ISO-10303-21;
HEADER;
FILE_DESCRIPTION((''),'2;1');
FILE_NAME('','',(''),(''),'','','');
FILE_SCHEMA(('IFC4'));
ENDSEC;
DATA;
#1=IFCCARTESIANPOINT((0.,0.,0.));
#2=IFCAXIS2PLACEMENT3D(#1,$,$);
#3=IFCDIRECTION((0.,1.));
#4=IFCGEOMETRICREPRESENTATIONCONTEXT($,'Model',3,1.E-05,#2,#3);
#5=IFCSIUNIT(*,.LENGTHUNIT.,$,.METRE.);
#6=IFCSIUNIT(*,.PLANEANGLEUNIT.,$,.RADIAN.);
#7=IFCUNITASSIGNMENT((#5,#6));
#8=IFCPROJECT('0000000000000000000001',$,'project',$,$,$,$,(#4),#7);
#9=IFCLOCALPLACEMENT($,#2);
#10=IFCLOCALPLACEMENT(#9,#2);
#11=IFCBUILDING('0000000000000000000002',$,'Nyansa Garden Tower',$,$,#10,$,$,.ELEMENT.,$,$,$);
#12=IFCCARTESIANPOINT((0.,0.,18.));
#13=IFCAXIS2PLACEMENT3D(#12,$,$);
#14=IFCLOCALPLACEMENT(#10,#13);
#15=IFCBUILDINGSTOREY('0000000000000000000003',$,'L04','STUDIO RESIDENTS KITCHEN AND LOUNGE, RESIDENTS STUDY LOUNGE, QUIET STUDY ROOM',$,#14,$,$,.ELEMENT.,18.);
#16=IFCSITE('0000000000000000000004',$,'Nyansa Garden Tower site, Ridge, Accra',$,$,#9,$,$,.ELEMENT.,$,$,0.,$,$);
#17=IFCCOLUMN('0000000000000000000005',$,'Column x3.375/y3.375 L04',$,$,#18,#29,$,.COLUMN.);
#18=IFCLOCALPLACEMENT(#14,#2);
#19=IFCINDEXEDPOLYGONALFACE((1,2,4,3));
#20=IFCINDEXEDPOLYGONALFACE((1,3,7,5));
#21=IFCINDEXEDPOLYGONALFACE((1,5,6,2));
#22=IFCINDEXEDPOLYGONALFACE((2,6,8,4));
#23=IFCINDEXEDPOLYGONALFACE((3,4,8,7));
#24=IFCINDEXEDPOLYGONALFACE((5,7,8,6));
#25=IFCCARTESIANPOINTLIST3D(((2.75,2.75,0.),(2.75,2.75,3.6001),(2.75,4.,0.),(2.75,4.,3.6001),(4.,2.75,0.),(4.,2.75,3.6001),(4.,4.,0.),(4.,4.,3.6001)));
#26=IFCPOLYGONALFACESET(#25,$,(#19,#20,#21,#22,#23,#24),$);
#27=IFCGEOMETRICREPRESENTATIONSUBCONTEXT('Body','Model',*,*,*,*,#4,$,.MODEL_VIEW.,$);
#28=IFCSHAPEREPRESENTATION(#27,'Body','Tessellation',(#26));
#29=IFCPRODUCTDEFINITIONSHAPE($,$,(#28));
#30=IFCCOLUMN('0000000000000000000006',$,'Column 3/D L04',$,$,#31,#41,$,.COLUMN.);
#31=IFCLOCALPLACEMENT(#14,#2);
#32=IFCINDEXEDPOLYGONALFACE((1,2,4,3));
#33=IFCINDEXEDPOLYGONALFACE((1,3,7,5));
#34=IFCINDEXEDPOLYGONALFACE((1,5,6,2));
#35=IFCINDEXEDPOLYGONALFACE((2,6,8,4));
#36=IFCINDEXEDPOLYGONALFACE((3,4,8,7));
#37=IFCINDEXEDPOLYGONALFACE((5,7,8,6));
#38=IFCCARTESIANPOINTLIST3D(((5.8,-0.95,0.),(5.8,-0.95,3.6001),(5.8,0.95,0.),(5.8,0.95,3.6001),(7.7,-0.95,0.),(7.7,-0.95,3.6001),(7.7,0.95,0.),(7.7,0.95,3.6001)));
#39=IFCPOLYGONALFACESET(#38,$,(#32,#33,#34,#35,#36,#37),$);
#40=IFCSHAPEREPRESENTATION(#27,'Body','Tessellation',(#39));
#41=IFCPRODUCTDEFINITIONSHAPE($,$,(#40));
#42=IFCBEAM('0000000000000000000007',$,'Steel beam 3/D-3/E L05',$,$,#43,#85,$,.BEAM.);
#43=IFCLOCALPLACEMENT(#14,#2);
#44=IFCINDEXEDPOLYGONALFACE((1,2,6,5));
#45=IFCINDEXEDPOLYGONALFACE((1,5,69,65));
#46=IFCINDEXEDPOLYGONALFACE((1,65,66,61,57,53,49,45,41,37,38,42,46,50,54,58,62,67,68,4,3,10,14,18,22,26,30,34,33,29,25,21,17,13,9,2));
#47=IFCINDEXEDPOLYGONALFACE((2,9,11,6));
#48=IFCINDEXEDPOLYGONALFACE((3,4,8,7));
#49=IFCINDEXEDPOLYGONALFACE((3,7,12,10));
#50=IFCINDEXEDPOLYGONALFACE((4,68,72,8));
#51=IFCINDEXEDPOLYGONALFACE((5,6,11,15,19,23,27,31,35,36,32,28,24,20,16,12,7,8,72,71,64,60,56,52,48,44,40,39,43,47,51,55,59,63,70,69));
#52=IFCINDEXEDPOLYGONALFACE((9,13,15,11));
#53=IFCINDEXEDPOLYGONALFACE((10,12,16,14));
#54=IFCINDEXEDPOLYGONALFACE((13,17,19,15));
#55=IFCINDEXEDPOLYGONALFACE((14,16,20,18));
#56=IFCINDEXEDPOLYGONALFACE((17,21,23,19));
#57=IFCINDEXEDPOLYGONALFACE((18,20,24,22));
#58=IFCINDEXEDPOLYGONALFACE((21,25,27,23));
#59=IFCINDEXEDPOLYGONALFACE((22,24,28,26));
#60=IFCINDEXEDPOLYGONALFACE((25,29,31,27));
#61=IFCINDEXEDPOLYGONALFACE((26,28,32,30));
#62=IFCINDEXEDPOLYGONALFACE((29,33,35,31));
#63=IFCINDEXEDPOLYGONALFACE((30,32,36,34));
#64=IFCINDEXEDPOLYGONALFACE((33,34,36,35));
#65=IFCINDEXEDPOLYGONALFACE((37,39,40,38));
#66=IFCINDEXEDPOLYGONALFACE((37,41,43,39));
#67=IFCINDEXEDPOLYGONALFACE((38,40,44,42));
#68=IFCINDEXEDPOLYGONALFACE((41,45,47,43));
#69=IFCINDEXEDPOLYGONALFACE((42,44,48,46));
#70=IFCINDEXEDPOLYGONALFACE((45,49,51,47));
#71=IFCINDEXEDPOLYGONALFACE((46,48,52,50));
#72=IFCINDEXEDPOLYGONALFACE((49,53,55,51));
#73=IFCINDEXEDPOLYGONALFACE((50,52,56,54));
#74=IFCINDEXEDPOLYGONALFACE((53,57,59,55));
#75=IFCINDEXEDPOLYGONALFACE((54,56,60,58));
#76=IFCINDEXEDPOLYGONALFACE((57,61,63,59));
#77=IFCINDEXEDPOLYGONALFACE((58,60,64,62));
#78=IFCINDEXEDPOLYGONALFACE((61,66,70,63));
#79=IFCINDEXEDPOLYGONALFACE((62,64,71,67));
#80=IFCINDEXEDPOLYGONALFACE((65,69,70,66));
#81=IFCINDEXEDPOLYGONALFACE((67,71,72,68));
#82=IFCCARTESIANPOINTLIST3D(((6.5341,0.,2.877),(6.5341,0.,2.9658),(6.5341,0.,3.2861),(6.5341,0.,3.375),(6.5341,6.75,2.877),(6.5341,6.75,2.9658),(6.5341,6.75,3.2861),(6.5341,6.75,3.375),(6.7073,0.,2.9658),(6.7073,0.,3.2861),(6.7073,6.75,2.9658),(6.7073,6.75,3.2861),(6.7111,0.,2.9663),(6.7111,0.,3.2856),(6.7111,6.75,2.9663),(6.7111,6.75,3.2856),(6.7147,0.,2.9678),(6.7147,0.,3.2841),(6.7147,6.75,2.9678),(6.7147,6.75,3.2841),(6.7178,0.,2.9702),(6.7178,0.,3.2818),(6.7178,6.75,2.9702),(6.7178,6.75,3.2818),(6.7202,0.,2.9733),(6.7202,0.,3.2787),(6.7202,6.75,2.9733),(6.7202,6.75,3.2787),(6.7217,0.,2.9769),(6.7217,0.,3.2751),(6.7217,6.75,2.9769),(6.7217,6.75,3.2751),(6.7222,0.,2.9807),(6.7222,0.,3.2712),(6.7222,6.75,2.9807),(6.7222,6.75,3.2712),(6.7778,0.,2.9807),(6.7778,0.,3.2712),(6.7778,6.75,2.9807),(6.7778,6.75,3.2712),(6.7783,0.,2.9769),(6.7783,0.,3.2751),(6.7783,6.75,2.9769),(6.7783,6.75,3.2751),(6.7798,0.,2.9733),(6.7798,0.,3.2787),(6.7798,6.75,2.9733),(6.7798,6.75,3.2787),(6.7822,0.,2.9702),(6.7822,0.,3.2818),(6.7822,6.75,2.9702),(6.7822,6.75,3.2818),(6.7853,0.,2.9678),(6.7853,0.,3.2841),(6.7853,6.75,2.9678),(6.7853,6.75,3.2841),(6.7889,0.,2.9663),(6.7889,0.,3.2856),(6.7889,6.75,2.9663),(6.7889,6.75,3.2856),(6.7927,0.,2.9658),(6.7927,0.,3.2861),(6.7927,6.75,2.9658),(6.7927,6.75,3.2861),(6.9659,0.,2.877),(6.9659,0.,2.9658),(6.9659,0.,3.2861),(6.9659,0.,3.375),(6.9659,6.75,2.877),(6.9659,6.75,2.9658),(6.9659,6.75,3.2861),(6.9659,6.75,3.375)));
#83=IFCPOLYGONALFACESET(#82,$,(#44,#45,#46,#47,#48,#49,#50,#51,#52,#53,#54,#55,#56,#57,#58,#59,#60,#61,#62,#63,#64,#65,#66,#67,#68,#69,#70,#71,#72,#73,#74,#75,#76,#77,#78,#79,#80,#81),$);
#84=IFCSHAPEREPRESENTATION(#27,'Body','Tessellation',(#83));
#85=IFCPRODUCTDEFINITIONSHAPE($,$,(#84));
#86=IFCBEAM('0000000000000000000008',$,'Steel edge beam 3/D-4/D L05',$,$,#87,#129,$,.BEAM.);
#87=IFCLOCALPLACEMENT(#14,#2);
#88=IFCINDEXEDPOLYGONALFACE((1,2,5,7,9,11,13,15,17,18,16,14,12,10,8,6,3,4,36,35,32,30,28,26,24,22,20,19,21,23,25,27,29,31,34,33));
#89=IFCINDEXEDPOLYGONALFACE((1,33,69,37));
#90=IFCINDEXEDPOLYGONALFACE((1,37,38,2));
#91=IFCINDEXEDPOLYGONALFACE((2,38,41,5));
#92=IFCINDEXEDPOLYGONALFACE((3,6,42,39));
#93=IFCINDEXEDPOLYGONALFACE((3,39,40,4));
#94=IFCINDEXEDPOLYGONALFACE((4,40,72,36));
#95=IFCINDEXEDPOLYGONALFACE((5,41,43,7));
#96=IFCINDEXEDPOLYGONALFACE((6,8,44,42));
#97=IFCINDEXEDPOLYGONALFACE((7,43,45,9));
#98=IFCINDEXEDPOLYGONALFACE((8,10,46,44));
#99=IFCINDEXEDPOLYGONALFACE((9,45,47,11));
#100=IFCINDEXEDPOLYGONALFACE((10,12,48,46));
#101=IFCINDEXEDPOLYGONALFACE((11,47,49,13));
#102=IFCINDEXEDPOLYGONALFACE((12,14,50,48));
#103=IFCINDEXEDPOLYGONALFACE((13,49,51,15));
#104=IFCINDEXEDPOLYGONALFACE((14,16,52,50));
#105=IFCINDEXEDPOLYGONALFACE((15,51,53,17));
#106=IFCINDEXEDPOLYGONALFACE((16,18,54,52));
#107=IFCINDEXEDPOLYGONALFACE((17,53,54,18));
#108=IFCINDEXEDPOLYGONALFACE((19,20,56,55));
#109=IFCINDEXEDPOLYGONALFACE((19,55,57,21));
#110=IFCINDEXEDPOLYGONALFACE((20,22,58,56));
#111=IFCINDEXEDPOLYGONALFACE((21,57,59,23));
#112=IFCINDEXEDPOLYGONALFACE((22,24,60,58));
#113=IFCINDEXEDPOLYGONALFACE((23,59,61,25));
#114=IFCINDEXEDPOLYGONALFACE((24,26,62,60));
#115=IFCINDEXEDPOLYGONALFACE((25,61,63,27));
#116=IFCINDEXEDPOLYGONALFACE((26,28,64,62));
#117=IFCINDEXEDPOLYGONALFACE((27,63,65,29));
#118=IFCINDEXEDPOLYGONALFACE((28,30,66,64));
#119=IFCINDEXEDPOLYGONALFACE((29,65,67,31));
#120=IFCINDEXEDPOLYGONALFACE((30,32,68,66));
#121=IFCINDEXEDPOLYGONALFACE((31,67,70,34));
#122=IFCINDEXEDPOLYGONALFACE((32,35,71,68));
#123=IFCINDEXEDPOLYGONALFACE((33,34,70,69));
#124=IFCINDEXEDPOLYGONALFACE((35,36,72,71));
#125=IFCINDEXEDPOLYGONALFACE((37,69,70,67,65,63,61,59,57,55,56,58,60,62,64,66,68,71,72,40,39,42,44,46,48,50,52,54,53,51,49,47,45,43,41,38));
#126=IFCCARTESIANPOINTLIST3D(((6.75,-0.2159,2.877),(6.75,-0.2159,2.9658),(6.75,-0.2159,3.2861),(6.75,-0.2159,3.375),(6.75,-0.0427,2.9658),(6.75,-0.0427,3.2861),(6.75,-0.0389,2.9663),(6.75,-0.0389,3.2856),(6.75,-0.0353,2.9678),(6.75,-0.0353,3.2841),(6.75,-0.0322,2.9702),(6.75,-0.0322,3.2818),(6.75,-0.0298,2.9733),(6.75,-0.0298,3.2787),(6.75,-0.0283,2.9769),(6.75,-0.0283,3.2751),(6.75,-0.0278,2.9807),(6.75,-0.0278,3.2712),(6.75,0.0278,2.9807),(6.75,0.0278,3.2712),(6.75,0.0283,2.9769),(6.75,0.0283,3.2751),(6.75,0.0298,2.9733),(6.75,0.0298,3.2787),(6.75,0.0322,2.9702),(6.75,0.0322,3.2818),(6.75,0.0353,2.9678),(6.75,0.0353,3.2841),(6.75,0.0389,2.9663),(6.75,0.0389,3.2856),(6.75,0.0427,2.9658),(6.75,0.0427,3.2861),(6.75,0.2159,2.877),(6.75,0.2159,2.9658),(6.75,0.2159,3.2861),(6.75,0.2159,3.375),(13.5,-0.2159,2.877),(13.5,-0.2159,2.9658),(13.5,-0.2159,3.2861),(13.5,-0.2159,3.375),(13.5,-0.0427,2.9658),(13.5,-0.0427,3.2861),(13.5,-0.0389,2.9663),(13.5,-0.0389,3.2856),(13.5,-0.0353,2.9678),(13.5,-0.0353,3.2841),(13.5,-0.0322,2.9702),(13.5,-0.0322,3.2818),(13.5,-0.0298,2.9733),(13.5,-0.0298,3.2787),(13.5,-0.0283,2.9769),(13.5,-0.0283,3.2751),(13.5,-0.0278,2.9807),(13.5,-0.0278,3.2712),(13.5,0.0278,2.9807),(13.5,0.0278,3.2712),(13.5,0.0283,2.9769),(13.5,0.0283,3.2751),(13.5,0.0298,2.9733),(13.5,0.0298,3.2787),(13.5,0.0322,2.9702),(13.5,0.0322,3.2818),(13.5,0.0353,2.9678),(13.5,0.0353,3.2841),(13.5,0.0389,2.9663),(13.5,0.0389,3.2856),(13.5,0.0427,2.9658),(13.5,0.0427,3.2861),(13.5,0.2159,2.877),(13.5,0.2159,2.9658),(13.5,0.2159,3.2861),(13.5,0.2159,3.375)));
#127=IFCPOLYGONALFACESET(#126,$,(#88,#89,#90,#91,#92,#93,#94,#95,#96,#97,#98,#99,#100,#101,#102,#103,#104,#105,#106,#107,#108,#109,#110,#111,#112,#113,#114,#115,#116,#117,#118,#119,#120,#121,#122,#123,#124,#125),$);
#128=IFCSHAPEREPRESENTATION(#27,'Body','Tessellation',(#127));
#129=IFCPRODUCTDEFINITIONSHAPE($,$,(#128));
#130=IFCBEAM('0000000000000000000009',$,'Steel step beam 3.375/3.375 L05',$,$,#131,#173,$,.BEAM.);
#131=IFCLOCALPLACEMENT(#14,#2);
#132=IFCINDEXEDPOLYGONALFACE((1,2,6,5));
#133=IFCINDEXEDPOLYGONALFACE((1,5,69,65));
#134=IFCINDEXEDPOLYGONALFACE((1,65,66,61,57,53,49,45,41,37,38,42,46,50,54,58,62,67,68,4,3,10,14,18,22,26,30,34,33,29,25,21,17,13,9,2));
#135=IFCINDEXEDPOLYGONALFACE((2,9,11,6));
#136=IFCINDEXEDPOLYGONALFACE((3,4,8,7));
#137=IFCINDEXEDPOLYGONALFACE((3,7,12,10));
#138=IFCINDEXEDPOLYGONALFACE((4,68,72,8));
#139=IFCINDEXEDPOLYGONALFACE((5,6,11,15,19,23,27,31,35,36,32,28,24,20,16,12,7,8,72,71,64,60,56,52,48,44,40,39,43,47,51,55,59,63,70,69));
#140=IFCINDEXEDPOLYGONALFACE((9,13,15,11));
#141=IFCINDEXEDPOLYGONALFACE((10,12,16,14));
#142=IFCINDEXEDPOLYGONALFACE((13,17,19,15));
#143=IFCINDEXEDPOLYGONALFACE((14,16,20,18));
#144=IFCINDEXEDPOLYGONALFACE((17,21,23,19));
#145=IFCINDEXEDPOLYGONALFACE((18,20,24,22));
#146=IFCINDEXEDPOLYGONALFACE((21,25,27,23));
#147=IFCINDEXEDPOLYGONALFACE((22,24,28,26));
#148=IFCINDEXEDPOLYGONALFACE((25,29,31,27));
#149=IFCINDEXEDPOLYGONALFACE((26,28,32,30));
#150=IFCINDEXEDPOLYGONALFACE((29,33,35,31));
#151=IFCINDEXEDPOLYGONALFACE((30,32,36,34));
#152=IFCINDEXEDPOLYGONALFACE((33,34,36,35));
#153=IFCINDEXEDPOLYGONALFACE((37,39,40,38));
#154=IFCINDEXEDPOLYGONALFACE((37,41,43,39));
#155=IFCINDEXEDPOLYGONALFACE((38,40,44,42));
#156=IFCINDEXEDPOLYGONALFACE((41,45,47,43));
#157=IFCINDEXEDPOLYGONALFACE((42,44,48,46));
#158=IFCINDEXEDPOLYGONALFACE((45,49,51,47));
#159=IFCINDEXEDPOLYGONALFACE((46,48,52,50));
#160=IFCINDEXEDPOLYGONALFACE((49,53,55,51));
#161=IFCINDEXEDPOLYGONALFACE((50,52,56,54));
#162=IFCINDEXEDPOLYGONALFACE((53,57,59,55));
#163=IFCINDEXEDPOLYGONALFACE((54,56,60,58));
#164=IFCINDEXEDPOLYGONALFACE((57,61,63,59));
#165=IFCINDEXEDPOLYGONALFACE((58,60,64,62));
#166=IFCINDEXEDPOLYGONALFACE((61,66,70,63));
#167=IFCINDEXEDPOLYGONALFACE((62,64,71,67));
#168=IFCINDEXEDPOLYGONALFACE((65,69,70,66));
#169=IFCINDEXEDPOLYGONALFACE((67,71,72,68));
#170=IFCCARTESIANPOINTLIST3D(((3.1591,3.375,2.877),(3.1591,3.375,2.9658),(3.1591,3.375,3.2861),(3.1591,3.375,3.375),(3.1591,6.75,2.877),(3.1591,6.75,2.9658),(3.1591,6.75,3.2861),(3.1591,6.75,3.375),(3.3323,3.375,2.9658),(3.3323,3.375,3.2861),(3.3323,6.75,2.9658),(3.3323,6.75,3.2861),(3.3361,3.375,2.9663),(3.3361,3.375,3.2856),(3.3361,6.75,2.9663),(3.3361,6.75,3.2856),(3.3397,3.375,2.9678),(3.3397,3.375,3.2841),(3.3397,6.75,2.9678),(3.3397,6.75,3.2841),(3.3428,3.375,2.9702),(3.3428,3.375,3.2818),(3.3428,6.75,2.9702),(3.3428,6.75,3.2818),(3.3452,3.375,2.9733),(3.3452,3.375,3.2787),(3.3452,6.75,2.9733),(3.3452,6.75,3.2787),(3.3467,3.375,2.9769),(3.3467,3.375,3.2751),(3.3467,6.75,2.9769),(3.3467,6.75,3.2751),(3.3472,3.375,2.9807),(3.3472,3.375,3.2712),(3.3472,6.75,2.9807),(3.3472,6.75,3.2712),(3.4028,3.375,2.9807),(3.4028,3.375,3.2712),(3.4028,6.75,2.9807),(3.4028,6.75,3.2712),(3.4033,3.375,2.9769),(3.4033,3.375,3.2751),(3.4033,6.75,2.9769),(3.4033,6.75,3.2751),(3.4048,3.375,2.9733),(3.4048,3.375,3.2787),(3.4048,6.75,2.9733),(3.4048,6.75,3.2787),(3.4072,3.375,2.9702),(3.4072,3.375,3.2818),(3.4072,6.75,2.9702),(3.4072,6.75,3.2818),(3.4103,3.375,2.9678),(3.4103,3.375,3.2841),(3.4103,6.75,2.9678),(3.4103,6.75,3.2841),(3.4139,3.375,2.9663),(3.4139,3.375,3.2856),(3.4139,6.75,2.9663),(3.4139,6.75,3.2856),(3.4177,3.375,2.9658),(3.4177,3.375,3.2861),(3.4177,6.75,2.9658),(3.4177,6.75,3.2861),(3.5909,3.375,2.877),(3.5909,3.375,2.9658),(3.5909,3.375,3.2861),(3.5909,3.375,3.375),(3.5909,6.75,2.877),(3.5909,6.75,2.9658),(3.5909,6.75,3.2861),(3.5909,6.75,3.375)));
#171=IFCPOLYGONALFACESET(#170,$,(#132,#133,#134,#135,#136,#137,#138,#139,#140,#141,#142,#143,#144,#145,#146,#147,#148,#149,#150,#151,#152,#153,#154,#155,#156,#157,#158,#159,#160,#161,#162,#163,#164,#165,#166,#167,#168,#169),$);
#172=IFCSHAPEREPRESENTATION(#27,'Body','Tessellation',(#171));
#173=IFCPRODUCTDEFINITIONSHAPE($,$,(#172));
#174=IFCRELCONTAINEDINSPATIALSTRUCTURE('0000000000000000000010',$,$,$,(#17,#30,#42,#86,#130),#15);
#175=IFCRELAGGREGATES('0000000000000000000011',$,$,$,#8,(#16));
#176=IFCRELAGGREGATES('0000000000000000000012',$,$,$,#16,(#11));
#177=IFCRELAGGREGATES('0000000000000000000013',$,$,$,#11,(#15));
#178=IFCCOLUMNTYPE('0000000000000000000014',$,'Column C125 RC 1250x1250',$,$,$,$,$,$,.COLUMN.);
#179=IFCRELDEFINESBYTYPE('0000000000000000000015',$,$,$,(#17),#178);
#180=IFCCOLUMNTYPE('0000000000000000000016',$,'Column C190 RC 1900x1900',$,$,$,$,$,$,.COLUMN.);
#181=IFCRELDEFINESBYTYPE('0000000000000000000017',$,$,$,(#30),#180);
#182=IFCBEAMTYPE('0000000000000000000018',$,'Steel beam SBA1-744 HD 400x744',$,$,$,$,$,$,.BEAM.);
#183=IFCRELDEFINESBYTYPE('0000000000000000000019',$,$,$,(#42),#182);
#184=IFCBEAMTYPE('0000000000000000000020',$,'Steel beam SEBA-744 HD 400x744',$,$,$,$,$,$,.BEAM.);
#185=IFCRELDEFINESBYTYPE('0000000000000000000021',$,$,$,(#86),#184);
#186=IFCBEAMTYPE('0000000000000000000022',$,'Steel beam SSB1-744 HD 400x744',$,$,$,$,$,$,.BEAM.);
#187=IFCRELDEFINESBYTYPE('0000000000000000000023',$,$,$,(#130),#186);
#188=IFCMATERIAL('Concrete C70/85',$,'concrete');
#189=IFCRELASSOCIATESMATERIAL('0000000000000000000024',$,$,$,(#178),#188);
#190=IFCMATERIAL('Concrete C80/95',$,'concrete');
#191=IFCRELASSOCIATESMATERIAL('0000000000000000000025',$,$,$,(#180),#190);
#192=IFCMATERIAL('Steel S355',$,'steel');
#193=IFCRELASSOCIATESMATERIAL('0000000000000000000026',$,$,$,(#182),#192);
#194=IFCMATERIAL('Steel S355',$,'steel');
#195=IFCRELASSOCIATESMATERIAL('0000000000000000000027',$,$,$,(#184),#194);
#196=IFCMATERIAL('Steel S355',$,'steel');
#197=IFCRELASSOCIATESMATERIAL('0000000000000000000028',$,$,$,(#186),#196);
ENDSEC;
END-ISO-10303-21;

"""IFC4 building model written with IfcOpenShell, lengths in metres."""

from ifc_helpers import new_model, si_unit, direction, frame, origin, origin_2d, place, context, subcontext, project, spatial, rectangle, i_section, extrude, material, material_profile, profile_set, type_object, element, save


model = new_model("IFC4")

# Units and contexts
model_context = context("Model", 3, precision=1e-05, world=origin(), true_north=direction((0.0, 1.0)))
body_context = subcontext(model_context, "Body", "Model", "MODEL_VIEW")
ifc_project = project(units=[si_unit("LENGTHUNIT", "METRE"), si_unit("PLANEANGLEUNIT", "RADIAN")], contexts=[model_context])

# Site, building, storey
site_placement = place(None, origin())
site = spatial("IfcSite", under=ifc_project, at=site_placement, Name="Nyansa Garden Tower site, Ridge, Accra", CompositionType="ELEMENT", RefElevation=0.0)
building_placement = place(site_placement, origin())
building = spatial("IfcBuilding", under=site, at=building_placement, Name="Nyansa Garden Tower", CompositionType="ELEMENT")
storey_placement = place(building_placement, frame((0.0, 0.0, 18.0)))
storey = spatial("IfcBuildingStorey", under=building, at=storey_placement, Name="L04", Description="STUDIO RESIDENTS KITCHEN AND LOUNGE, RESIDENTS STUDY LOUNGE, QUIET STUDY ROOM", CompositionType="ELEMENT", Elevation=18.0)

# Columns
ifc_material_1 = material(Name="Concrete C70/85", Category="concrete")
ifc_material_profile_1 = material_profile(ifc_material_1, rectangle(XDim=1.25, YDim=1.25, at=origin_2d()), Name="RC 1250x1250")
ifc_profile_set_1 = profile_set([ifc_material_profile_1], Name="Concrete C70/85")
column_type_1 = type_object("IfcColumnType", Name="Column C125 RC 1250x1250", PredefinedType="COLUMN", material=ifc_profile_set_1)
column_1_placement = place(storey_placement, frame((3.375, 3.375, 0.0), z_axis=(0.0, 0.0, 1.0), x_axis=(1.0, 0.0, 0.0)))
element("IfcColumn", 1, at=column_1_placement, inside=storey, type_object=column_type_1, Name="Column x3.375/y3.375 L04", PredefinedType="COLUMN", context=body_context, shape_type="SweptSolid", body=[
    extrude(rectangle(XDim=1.25, YDim=1.25, at=origin_2d()), origin(), (0.0, 0.0, 1.0), 3.6001),
])
ifc_material_2 = material(Name="Concrete C80/95", Category="concrete")
ifc_material_profile_2 = material_profile(ifc_material_2, rectangle(XDim=1.8999, YDim=1.8999, at=origin_2d()), Name="RC 1900x1900")
ifc_profile_set_2 = profile_set([ifc_material_profile_2], Name="Concrete C80/95")
column_type_2 = type_object("IfcColumnType", Name="Column C190 RC 1900x1900", PredefinedType="COLUMN", material=ifc_profile_set_2)
column_2_placement = place(storey_placement, frame((6.75, 0.0, 0.0), z_axis=(0.0, 0.0, 1.0), x_axis=(1.0, 0.0, 0.0)))
element("IfcColumn", 2, at=column_2_placement, inside=storey, type_object=column_type_2, Name="Column 3/D L04", PredefinedType="COLUMN", context=body_context, shape_type="SweptSolid", body=[
    extrude(rectangle(XDim=1.8999, YDim=1.8999, at=origin_2d()), origin(), (0.0, 0.0, 1.0), 3.6001),
])

# Beams
ifc_material_3 = material(Name="Steel S355", Category="steel")
ifc_material_profile_3 = material_profile(ifc_material_3, i_section(OverallWidth=0.4319, OverallDepth=0.498, WebThickness=0.0557, FlangeThickness=0.0889, FilletRadius=0.0149, at=origin_2d()), Name="HD 400x744")
ifc_profile_set_3 = profile_set([ifc_material_profile_3], Name="Steel S355")
beam_type_1 = type_object("IfcBeamType", Name="Steel beam SBA1-744 HD 400x744", PredefinedType="BEAM", material=ifc_profile_set_3)
beam_1_placement = place(storey_placement, frame((6.75, 0.0, 3.126), z_axis=(0.0, 1.0, 0.0), x_axis=(-1.0, 0.0, 0.0)))
element("IfcBeam", 3, at=beam_1_placement, inside=storey, type_object=beam_type_1, Name="Steel beam 3/D-3/E L05", PredefinedType="BEAM", context=body_context, shape_type="SweptSolid", body=[
    extrude(i_section(OverallWidth=0.4319, OverallDepth=0.498, WebThickness=0.0557, FlangeThickness=0.0889, FilletRadius=0.0149, at=origin_2d()), origin(), (0.0, 0.0, 1.0), 6.75),
])
ifc_material_4 = material(Name="Steel S355", Category="steel")
ifc_material_profile_4 = material_profile(ifc_material_4, i_section(OverallWidth=0.4319, OverallDepth=0.498, WebThickness=0.0557, FlangeThickness=0.0889, FilletRadius=0.0149, at=origin_2d()), Name="HD 400x744")
ifc_profile_set_4 = profile_set([ifc_material_profile_4], Name="Steel S355")
beam_type_2 = type_object("IfcBeamType", Name="Steel beam SEBA-744 HD 400x744", PredefinedType="BEAM", material=ifc_profile_set_4)
beam_2_placement = place(storey_placement, frame((6.75, 0.0, 3.126), z_axis=(1.0, 0.0, 0.0), x_axis=(0.0, 1.0, 0.0)))
element("IfcBeam", 4, at=beam_2_placement, inside=storey, type_object=beam_type_2, Name="Steel edge beam 3/D-4/D L05", PredefinedType="BEAM", context=body_context, shape_type="SweptSolid", body=[
    extrude(i_section(OverallWidth=0.4319, OverallDepth=0.498, WebThickness=0.0557, FlangeThickness=0.0889, FilletRadius=0.0149, at=origin_2d()), origin(), (0.0, 0.0, 1.0), 6.75),
])
ifc_material_5 = material(Name="Steel S355", Category="steel")
ifc_material_profile_5 = material_profile(ifc_material_5, i_section(OverallWidth=0.4319, OverallDepth=0.498, WebThickness=0.0557, FlangeThickness=0.0889, FilletRadius=0.0149, at=origin_2d()), Name="HD 400x744")
ifc_profile_set_5 = profile_set([ifc_material_profile_5], Name="Steel S355")
beam_type_3 = type_object("IfcBeamType", Name="Steel beam SSB1-744 HD 400x744", PredefinedType="BEAM", material=ifc_profile_set_5)
for number, where, z_axis, x_axis, name in (
    (5, (3.375, 3.375, 3.126), (0.0, 1.0, 0.0), (-1.0, 0.0, 0.0), "Steel step beam 3.375/3.375 L05"),
):
    element("IfcBeam", number, at=place(storey_placement, frame(where, z_axis=z_axis, x_axis=x_axis)), inside=storey, type_object=beam_type_3, Name=name, PredefinedType="BEAM", context=body_context, shape_type="SweptSolid", body=[
        extrude(i_section(OverallWidth=0.4319, OverallDepth=0.498, WebThickness=0.0557, FlangeThickness=0.0889, FilletRadius=0.0149, at=origin_2d()), origin(), (0.0, 0.0, 1.0), 3.375),
    ])

save(model, "model.ifc")
